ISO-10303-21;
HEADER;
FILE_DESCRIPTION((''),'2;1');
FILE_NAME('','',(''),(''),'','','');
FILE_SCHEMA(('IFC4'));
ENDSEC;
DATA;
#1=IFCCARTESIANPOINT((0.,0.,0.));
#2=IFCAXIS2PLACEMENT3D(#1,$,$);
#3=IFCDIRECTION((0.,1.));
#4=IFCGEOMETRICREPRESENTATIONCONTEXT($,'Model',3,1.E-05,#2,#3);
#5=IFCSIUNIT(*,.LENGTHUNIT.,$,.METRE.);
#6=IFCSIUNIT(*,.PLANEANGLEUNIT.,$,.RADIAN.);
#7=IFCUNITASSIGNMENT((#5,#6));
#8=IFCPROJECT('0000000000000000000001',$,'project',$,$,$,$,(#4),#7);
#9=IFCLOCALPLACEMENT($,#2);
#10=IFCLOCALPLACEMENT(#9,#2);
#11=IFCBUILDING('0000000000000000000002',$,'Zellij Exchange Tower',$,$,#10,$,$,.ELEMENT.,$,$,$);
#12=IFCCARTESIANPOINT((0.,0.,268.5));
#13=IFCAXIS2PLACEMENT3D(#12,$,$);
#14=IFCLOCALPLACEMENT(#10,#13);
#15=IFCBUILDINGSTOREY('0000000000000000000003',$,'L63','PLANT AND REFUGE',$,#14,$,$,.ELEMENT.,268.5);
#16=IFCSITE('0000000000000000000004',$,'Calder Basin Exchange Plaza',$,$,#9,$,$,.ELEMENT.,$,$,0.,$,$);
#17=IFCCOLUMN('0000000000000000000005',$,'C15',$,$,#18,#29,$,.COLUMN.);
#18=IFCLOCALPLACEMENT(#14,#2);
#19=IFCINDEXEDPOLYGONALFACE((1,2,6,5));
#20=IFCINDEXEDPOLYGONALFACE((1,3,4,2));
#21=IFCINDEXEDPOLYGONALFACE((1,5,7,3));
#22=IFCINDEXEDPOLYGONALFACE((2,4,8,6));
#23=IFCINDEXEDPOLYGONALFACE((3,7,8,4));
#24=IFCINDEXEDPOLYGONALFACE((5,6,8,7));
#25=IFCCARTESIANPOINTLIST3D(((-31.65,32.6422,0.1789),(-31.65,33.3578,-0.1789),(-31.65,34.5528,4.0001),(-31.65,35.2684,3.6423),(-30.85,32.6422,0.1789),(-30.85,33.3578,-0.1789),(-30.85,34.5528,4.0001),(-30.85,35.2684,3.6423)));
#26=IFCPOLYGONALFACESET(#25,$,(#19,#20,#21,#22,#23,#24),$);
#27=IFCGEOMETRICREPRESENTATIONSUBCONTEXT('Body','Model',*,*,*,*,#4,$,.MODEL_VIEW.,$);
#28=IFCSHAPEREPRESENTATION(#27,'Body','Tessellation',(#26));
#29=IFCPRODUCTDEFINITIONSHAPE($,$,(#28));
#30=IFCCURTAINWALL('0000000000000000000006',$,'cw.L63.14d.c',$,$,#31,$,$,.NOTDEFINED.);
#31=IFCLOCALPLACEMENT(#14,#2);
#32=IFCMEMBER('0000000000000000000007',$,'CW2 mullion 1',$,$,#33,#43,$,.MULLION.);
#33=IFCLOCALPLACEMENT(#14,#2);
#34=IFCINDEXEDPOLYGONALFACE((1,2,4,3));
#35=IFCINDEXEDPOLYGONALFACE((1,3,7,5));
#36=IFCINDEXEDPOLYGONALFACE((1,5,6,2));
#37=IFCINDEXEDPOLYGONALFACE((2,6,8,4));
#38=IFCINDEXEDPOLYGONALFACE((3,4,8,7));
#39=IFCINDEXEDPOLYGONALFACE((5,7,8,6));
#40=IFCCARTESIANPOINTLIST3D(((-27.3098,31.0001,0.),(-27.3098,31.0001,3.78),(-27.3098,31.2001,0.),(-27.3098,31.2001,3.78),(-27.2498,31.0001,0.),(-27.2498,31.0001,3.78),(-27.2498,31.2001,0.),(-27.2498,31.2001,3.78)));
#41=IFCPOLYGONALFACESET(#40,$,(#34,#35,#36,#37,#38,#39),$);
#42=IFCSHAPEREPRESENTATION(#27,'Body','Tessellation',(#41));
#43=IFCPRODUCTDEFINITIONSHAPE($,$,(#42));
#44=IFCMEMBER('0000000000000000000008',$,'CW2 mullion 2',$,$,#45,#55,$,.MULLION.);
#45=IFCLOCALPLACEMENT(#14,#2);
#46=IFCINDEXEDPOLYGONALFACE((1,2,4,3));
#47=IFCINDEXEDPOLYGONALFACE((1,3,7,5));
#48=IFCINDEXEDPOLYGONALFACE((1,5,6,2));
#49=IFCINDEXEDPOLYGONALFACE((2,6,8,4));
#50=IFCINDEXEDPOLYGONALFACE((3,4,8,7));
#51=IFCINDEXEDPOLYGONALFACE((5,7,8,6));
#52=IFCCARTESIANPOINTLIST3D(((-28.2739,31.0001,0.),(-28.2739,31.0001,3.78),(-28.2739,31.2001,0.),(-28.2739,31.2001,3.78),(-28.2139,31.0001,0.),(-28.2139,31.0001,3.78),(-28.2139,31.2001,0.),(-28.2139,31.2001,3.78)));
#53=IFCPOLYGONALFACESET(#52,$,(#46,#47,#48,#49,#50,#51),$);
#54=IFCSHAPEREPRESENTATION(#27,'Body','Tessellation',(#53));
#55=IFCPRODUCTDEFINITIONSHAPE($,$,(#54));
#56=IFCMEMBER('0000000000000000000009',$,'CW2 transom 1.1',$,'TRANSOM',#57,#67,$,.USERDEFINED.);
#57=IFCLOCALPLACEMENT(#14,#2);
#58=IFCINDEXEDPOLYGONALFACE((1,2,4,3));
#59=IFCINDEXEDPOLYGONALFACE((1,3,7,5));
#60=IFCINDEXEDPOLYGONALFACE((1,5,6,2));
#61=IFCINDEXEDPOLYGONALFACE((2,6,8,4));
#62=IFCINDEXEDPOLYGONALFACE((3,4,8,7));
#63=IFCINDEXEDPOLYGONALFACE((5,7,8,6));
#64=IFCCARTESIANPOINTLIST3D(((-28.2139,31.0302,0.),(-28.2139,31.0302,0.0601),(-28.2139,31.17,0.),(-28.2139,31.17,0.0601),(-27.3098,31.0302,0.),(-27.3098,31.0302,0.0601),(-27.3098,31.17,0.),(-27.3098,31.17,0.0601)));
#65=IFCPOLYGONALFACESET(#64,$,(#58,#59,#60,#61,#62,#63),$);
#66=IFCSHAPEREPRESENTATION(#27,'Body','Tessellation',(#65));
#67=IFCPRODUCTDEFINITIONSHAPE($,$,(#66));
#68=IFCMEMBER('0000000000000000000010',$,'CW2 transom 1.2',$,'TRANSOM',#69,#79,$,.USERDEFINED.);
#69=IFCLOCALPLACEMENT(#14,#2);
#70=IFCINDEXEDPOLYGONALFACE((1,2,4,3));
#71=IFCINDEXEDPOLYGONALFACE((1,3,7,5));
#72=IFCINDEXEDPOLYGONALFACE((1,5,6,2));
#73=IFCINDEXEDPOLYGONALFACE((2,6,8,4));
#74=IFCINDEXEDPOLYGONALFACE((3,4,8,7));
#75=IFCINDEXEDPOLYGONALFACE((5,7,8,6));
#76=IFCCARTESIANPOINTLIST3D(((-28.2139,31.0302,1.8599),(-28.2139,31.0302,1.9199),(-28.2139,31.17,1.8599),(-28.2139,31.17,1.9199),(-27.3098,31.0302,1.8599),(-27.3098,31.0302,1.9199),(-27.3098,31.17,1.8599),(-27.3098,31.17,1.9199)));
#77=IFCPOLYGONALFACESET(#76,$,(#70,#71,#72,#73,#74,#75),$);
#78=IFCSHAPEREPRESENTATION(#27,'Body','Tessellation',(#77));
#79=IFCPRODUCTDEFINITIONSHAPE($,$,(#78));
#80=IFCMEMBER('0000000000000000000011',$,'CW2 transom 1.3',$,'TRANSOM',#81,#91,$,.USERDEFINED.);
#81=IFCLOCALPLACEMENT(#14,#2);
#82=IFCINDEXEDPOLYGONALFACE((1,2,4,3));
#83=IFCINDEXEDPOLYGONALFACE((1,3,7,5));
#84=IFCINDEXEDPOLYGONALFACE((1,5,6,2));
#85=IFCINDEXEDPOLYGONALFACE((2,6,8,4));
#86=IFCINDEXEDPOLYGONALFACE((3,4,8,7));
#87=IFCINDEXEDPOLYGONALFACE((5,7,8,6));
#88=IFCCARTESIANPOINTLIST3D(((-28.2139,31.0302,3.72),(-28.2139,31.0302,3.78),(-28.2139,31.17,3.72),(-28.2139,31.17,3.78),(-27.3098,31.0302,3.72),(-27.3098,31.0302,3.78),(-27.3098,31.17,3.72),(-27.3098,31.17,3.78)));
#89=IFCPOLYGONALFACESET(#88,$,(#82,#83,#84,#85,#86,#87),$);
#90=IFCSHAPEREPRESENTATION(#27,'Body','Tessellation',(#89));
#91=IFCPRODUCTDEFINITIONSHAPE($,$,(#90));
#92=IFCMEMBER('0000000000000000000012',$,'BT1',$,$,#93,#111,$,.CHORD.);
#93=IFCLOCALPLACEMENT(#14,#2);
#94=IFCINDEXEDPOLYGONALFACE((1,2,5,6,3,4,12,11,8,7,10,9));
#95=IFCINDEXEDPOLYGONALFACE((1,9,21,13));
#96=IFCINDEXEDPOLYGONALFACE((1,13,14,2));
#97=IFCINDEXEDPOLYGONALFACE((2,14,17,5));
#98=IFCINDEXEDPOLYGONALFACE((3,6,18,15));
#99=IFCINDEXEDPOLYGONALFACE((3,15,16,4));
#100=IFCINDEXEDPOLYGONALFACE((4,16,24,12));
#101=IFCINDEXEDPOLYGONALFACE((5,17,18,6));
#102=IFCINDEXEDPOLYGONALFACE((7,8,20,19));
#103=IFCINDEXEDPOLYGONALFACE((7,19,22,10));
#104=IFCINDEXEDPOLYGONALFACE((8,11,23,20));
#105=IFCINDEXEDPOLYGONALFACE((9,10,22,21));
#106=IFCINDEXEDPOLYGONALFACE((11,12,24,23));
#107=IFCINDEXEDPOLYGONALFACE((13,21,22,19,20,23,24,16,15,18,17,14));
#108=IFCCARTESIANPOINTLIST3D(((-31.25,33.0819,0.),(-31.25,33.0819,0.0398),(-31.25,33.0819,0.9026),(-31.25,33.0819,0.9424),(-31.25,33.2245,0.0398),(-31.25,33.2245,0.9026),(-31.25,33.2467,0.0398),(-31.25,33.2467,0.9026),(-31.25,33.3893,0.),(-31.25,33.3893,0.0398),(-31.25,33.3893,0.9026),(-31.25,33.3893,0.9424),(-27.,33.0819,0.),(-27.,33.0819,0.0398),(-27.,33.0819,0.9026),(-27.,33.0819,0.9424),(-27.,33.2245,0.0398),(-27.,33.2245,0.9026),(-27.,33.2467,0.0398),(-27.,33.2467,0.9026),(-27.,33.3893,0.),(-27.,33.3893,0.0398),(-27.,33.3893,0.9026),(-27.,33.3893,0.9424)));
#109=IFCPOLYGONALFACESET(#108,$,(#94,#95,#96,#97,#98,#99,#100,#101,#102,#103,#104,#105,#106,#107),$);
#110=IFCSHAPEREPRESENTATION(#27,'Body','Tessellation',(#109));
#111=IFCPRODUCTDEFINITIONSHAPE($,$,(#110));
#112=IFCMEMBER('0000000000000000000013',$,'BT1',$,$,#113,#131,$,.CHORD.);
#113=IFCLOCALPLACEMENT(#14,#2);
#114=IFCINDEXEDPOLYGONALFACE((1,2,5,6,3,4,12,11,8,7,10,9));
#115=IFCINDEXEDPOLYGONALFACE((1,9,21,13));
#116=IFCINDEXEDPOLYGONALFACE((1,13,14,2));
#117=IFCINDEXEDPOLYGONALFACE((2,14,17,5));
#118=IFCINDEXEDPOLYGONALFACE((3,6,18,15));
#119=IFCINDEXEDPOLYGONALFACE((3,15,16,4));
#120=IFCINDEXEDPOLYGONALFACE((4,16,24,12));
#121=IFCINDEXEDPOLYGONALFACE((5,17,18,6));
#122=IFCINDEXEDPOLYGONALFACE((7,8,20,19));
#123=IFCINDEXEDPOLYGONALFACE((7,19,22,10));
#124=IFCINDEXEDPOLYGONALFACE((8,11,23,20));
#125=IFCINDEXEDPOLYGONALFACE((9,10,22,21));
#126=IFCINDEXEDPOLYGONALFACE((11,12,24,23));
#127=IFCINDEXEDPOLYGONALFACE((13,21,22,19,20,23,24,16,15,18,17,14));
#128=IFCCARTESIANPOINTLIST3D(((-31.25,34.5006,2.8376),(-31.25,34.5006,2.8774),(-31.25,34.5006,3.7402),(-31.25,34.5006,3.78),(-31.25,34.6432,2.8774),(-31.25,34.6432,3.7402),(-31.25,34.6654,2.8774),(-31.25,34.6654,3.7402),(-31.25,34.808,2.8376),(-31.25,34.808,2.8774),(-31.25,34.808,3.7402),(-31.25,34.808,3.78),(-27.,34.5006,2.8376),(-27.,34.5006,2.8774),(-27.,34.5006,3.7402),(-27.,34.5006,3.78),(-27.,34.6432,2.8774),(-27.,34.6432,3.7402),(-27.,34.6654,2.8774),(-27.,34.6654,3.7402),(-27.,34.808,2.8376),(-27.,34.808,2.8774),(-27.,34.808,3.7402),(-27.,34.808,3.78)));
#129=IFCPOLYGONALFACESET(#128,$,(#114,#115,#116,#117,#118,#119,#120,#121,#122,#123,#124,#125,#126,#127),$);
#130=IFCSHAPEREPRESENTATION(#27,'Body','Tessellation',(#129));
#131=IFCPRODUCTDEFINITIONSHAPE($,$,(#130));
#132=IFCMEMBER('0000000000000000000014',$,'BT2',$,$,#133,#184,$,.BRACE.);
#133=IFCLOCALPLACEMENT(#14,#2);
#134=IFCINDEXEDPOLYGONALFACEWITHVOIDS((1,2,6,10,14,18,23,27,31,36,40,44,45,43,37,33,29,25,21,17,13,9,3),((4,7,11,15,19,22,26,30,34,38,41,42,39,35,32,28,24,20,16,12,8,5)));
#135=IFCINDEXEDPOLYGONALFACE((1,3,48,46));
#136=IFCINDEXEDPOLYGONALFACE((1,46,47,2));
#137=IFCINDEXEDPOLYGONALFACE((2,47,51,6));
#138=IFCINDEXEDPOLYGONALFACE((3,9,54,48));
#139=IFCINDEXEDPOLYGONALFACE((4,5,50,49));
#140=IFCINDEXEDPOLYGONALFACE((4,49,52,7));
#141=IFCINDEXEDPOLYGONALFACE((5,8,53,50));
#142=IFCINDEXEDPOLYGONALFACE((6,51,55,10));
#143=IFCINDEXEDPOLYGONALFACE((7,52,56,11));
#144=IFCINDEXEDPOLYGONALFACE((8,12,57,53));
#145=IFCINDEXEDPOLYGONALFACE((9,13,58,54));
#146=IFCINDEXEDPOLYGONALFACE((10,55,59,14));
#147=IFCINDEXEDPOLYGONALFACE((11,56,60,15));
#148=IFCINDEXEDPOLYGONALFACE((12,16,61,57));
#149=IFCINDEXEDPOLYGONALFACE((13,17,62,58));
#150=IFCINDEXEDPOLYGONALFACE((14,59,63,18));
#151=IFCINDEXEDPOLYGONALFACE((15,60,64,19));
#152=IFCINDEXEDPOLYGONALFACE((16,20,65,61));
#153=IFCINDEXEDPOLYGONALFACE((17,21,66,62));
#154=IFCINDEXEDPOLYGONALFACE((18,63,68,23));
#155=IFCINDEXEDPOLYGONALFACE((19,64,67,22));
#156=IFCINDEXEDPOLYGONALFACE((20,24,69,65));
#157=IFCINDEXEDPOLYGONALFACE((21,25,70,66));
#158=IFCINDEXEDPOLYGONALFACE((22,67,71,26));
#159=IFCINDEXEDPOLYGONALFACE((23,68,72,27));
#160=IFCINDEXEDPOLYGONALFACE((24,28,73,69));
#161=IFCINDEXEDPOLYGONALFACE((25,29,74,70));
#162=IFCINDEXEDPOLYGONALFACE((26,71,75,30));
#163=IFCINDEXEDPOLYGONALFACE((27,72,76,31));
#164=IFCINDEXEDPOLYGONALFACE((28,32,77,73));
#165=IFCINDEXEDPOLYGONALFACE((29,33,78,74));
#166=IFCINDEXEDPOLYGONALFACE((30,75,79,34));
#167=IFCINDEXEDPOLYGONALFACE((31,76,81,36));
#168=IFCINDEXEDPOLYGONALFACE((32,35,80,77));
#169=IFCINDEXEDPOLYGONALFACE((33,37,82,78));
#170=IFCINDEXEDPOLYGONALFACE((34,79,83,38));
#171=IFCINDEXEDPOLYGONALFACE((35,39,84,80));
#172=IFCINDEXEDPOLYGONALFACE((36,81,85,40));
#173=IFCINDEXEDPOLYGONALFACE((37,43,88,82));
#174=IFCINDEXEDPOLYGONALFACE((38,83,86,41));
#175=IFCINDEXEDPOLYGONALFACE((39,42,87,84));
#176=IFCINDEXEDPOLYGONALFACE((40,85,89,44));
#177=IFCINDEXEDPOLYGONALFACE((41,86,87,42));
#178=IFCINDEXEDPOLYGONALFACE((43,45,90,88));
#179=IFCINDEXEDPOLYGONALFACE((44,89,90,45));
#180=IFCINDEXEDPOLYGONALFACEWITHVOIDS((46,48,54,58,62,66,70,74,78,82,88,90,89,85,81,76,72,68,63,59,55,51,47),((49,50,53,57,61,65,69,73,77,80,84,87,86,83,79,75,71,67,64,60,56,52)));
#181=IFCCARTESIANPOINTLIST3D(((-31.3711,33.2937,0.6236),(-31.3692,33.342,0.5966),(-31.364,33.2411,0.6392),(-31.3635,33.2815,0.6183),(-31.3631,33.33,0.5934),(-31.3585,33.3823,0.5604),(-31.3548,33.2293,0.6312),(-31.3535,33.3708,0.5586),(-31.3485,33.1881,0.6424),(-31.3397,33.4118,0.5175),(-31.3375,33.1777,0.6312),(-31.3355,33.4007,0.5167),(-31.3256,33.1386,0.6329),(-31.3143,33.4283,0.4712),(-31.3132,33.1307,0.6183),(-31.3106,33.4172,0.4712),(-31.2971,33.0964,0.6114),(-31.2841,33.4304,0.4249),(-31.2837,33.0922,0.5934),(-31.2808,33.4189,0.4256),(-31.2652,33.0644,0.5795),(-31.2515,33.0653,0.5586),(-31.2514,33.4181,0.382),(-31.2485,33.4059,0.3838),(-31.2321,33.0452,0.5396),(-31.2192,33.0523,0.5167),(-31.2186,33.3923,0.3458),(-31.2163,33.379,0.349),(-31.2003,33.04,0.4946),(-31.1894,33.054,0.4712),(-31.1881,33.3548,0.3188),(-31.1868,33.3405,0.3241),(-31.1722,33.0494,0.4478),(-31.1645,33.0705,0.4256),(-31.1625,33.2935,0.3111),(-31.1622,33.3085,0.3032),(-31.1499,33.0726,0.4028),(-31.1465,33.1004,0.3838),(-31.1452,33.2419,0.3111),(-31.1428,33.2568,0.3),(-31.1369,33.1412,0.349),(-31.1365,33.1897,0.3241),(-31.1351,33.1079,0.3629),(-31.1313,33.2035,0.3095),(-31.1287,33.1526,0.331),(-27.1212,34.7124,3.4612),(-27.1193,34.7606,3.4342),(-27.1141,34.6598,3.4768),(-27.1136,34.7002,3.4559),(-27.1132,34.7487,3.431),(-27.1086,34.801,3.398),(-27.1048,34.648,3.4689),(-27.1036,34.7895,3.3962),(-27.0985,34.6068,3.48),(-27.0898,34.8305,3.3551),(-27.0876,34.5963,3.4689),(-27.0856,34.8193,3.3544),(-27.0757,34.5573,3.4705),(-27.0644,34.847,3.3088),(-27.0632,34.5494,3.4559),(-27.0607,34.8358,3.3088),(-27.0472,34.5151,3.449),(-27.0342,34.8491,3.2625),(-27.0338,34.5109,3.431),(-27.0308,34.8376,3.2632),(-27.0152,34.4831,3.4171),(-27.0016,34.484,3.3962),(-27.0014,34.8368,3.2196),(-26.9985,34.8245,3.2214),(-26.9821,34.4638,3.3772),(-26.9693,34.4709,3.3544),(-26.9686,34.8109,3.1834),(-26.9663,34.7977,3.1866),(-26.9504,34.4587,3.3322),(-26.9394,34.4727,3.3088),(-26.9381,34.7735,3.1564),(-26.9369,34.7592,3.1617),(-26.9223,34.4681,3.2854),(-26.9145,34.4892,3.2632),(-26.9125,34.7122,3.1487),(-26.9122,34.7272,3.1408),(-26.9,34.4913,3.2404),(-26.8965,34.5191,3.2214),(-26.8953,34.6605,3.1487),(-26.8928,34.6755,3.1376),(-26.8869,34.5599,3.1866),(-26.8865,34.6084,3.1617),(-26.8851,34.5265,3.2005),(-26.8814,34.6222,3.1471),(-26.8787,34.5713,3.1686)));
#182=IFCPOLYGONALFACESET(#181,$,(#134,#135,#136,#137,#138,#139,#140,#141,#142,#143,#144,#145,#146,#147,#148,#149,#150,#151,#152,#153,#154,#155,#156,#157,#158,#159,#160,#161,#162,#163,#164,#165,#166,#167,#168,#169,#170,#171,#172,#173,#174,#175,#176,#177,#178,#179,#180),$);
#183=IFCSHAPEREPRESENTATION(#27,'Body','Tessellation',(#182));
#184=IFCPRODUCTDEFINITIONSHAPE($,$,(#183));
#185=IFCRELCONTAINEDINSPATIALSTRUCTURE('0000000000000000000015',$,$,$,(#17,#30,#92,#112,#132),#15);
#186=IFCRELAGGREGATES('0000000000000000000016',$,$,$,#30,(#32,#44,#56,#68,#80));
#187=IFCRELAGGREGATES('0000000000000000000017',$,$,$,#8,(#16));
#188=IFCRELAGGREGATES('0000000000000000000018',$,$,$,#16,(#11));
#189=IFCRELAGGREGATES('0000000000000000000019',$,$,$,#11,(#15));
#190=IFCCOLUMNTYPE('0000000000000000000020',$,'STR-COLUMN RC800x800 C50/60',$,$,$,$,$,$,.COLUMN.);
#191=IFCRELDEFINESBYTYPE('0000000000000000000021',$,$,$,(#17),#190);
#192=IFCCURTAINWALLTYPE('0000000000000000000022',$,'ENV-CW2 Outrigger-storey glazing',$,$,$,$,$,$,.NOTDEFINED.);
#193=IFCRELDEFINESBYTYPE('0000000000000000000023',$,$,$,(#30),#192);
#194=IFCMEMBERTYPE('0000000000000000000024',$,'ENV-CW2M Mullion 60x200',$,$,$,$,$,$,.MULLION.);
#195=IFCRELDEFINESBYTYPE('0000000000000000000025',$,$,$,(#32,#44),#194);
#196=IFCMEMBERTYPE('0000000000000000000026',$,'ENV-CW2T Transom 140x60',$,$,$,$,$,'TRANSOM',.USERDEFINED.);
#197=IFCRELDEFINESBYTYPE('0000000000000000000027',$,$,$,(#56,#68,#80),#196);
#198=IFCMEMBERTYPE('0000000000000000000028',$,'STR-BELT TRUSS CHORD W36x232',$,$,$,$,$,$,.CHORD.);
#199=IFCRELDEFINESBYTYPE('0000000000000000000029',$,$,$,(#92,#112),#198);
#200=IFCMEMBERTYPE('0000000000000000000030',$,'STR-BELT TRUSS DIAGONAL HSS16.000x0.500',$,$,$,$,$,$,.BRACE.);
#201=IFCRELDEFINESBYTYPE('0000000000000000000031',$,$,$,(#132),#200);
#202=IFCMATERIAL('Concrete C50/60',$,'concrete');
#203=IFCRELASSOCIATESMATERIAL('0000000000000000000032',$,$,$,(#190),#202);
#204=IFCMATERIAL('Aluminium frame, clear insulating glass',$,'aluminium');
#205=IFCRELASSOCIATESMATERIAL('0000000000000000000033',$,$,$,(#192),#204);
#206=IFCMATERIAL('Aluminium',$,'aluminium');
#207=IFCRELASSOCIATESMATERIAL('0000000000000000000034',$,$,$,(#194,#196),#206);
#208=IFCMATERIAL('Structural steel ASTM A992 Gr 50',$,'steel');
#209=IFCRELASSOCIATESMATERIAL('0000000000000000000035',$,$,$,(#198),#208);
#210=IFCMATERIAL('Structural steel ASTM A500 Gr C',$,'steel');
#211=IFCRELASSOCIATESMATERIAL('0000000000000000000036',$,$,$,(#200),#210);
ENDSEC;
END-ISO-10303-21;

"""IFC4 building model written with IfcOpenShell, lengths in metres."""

from ifc_helpers import new_model, si_unit, direction, frame, origin, origin_2d, place, context, subcontext, project, spatial, rectangle, hollow_circle, i_section, extrude, clip, halfspace, material, material_profile, profile_set, type_object, element, aggregate, save


model = new_model("IFC4")

# Units and contexts
model_context = context("Model", 3, precision=1e-05, world=origin(), true_north=direction((0.0, 1.0)))
body_context = subcontext(model_context, "Body", "Model", "MODEL_VIEW")
ifc_project = project(units=[si_unit("LENGTHUNIT", "METRE"), si_unit("PLANEANGLEUNIT", "RADIAN")], contexts=[model_context])

# Site, building, storey
site_placement = place(None, origin())
site = spatial("IfcSite", under=ifc_project, at=site_placement, Name="Calder Basin Exchange Plaza", CompositionType="ELEMENT", RefElevation=0.0)
building_placement = place(site_placement, origin())
building = spatial("IfcBuilding", under=site, at=building_placement, Name="Zellij Exchange Tower", CompositionType="ELEMENT")
storey_placement = place(building_placement, frame((0.0, 0.0, 268.5)))
storey = spatial("IfcBuildingStorey", under=building, at=storey_placement, Name="L63", Description="PLANT AND REFUGE", CompositionType="ELEMENT", Elevation=268.5)

# Column
ifc_material_1 = material(Name="Concrete C50/60", Category="concrete")
ifc_material_profile_1 = material_profile(ifc_material_1, rectangle(XDim=0.8, YDim=0.8, at=origin_2d()), Name="STR-COLUMN RC800x800 C50/60")
ifc_profile_set_1 = profile_set([ifc_material_profile_1], Name="Concrete C50/60")
column_type = type_object("IfcColumnType", Name="STR-COLUMN RC800x800 C50/60", PredefinedType="COLUMN", material=ifc_profile_set_1)
column_placement = place(storey_placement, frame((-31.25, 33.0, 0.0), z_axis=(0.0, 0.447214, 0.894427), x_axis=(-1.0, 0.0, 0.0)))
element("IfcColumn", 1, at=column_placement, inside=storey, type_object=column_type, Name="C15", PredefinedType="COLUMN", context=body_context, shape_type="Clipping", body=[
    clip(extrude(rectangle(XDim=0.8, YDim=0.8, at=origin_2d()), origin(), (0.0, 0.0, 1.0), 4.4722), halfspace(frame((0.0, 0.0, 4.2722)), False)),
])

# Curtain wall, members
ifc_material_2 = material(Name="Aluminium frame, clear insulating glass", Category="aluminium")
curtain_wall_type = type_object("IfcCurtainWallType", Name="ENV-CW2 Outrigger-storey glazing", PredefinedType="NOTDEFINED", material=ifc_material_2)
curtain_wall_placement = place(storey_placement, origin())
curtain_wall = element("IfcCurtainWall", 2, at=curtain_wall_placement, inside=storey, type_object=curtain_wall_type, Name="cw.L63.14d.c", PredefinedType="NOTDEFINED")
ifc_material_3 = material(Name="Aluminium", Category="aluminium")
ifc_material_profile_2 = material_profile(ifc_material_3, rectangle(XDim=0.0601, YDim=0.2, at=origin_2d()), Name="AL 60x200")
ifc_profile_set_2 = profile_set([ifc_material_profile_2], Name="Aluminium")
member_type_1 = type_object("IfcMemberType", Name="ENV-CW2M Mullion 60x200", PredefinedType="MULLION", material=ifc_profile_set_2)
member_1_placement = place(storey_placement, frame((-27.2798, 31.1001, 0.0), z_axis=(0.0, 0.0, 1.0), x_axis=(-1.0, 0.0, 0.0)))
member_1 = element("IfcMember", 3, at=member_1_placement, type_object=member_type_1, Name="CW2 mullion 1", PredefinedType="MULLION", context=body_context, shape_type="SweptSolid", body=[
    extrude(rectangle(XDim=0.0601, YDim=0.2, at=origin_2d()), origin(), (0.0, 0.0, 1.0), 3.78),
])
member_2_placement = place(storey_placement, frame((-28.2439, 31.1001, 0.0), z_axis=(0.0, 0.0, 1.0), x_axis=(-1.0, 0.0, 0.0)))
member_2 = element("IfcMember", 4, at=member_2_placement, type_object=member_type_1, Name="CW2 mullion 2", PredefinedType="MULLION", context=body_context, shape_type="SweptSolid", body=[
    extrude(rectangle(XDim=0.0601, YDim=0.2, at=origin_2d()), origin(), (0.0, 0.0, 1.0), 3.78),
])
ifc_material_profile_3 = material_profile(ifc_material_3, rectangle(XDim=0.1399, YDim=0.0601, at=origin_2d()), Name="AL 140x60")
ifc_profile_set_3 = profile_set([ifc_material_profile_3], Name="Aluminium")
member_type_2 = type_object("IfcMemberType", Name="ENV-CW2T Transom 140x60", ElementType="TRANSOM", PredefinedType="USERDEFINED", material=ifc_profile_set_3)
member_3_placement = place(storey_placement, frame((-27.3098, 31.1001, 0.03), z_axis=(-1.0, 0.0, 0.0), x_axis=(0.0, -1.0, 0.0)))
member_3 = element("IfcMember", 5, at=member_3_placement, type_object=member_type_2, Name="CW2 transom 1.1", ObjectType="TRANSOM", PredefinedType="USERDEFINED", context=body_context, shape_type="SweptSolid", body=[
    extrude(rectangle(XDim=0.1399, YDim=0.0601, at=origin_2d()), origin(), (0.0, 0.0, 1.0), 0.9041),
])
member_4_placement = place(storey_placement, frame((-27.3098, 31.1001, 1.8899), z_axis=(-1.0, 0.0, 0.0), x_axis=(0.0, -1.0, 0.0)))
member_4 = element("IfcMember", 6, at=member_4_placement, type_object=member_type_2, Name="CW2 transom 1.2", ObjectType="TRANSOM", PredefinedType="USERDEFINED", context=body_context, shape_type="SweptSolid", body=[
    extrude(rectangle(XDim=0.1399, YDim=0.0601, at=origin_2d()), origin(), (0.0, 0.0, 1.0), 0.9041),
])
member_5_placement = place(storey_placement, frame((-27.3098, 31.1001, 3.75), z_axis=(-1.0, 0.0, 0.0), x_axis=(0.0, -1.0, 0.0)))
member_5 = element("IfcMember", 7, at=member_5_placement, type_object=member_type_2, Name="CW2 transom 1.3", ObjectType="TRANSOM", PredefinedType="USERDEFINED", context=body_context, shape_type="SweptSolid", body=[
    extrude(rectangle(XDim=0.1399, YDim=0.0601, at=origin_2d()), origin(), (0.0, 0.0, 1.0), 0.9041),
])

# Members
ifc_material_4 = material(Name="Structural steel ASTM A992 Gr 50", Category="steel")
ifc_material_profile_4 = material_profile(ifc_material_4, i_section(OverallWidth=0.3074, OverallDepth=0.9424, WebThickness=0.0222, FlangeThickness=0.0398, at=origin_2d()), Name="W36x232")
ifc_profile_set_4 = profile_set([ifc_material_profile_4], Name="Structural steel ASTM A992 Gr 50")
member_type_3 = type_object("IfcMemberType", Name="STR-BELT TRUSS CHORD W36x232", PredefinedType="CHORD", material=ifc_profile_set_4)
for number, where, z_axis, x_axis, name in (
    (8, (-31.25, 33.2356, 0.4712), (1.0, 0.0, 0.0), (0.0, 1.0, 0.0), "BT1"),
    (9, (-31.25, 34.6543, 3.3088), (1.0, 0.0, 0.0), (0.0, 1.0, 0.0), "BT1"),
):
    element("IfcMember", number, at=place(storey_placement, frame(where, z_axis=z_axis, x_axis=x_axis)), inside=storey, type_object=member_type_3, Name=name, PredefinedType="CHORD", context=body_context, shape_type="SweptSolid", body=[
        extrude(i_section(OverallWidth=0.3074, OverallDepth=0.9424, WebThickness=0.0222, FlangeThickness=0.0398, at=origin_2d()), origin(), (0.0, 0.0, 1.0), 4.25),
    ])
ifc_material_5 = material(Name="Structural steel ASTM A500 Gr C", Category="steel")
ifc_material_profile_5 = material_profile(ifc_material_5, hollow_circle(Radius=0.2031, WallThickness=0.0117, at=origin_2d()), Name="STR-BELT TRUSS DIAGONAL HSS16.000x0.500")
ifc_profile_set_5 = profile_set([ifc_material_profile_5], Name="Structural steel ASTM A500 Gr C")
member_type_4 = type_object("IfcMemberType", Name="STR-BELT TRUSS DIAGONAL HSS16.000x0.500", PredefinedType="BRACE", material=ifc_profile_set_5)
member_6_placement = place(storey_placement, frame((-31.25, 33.2356, 0.4712), z_axis=(0.801353, 0.267501, 0.535048), x_axis=(-0.316636, 0.948547, 0.0)))
element("IfcMember", 10, at=member_6_placement, inside=storey, type_object=member_type_4, Name="BT2", PredefinedType="BRACE", context=body_context, shape_type="SweptSolid", body=[
    extrude(hollow_circle(Radius=0.2031, WallThickness=0.0117, at=origin_2d()), origin(), (0.0, 0.0, 1.0), 5.3035),
])

aggregate(curtain_wall, [member_1, member_2, member_3, member_4, member_5])

save(model, "model.ifc")
